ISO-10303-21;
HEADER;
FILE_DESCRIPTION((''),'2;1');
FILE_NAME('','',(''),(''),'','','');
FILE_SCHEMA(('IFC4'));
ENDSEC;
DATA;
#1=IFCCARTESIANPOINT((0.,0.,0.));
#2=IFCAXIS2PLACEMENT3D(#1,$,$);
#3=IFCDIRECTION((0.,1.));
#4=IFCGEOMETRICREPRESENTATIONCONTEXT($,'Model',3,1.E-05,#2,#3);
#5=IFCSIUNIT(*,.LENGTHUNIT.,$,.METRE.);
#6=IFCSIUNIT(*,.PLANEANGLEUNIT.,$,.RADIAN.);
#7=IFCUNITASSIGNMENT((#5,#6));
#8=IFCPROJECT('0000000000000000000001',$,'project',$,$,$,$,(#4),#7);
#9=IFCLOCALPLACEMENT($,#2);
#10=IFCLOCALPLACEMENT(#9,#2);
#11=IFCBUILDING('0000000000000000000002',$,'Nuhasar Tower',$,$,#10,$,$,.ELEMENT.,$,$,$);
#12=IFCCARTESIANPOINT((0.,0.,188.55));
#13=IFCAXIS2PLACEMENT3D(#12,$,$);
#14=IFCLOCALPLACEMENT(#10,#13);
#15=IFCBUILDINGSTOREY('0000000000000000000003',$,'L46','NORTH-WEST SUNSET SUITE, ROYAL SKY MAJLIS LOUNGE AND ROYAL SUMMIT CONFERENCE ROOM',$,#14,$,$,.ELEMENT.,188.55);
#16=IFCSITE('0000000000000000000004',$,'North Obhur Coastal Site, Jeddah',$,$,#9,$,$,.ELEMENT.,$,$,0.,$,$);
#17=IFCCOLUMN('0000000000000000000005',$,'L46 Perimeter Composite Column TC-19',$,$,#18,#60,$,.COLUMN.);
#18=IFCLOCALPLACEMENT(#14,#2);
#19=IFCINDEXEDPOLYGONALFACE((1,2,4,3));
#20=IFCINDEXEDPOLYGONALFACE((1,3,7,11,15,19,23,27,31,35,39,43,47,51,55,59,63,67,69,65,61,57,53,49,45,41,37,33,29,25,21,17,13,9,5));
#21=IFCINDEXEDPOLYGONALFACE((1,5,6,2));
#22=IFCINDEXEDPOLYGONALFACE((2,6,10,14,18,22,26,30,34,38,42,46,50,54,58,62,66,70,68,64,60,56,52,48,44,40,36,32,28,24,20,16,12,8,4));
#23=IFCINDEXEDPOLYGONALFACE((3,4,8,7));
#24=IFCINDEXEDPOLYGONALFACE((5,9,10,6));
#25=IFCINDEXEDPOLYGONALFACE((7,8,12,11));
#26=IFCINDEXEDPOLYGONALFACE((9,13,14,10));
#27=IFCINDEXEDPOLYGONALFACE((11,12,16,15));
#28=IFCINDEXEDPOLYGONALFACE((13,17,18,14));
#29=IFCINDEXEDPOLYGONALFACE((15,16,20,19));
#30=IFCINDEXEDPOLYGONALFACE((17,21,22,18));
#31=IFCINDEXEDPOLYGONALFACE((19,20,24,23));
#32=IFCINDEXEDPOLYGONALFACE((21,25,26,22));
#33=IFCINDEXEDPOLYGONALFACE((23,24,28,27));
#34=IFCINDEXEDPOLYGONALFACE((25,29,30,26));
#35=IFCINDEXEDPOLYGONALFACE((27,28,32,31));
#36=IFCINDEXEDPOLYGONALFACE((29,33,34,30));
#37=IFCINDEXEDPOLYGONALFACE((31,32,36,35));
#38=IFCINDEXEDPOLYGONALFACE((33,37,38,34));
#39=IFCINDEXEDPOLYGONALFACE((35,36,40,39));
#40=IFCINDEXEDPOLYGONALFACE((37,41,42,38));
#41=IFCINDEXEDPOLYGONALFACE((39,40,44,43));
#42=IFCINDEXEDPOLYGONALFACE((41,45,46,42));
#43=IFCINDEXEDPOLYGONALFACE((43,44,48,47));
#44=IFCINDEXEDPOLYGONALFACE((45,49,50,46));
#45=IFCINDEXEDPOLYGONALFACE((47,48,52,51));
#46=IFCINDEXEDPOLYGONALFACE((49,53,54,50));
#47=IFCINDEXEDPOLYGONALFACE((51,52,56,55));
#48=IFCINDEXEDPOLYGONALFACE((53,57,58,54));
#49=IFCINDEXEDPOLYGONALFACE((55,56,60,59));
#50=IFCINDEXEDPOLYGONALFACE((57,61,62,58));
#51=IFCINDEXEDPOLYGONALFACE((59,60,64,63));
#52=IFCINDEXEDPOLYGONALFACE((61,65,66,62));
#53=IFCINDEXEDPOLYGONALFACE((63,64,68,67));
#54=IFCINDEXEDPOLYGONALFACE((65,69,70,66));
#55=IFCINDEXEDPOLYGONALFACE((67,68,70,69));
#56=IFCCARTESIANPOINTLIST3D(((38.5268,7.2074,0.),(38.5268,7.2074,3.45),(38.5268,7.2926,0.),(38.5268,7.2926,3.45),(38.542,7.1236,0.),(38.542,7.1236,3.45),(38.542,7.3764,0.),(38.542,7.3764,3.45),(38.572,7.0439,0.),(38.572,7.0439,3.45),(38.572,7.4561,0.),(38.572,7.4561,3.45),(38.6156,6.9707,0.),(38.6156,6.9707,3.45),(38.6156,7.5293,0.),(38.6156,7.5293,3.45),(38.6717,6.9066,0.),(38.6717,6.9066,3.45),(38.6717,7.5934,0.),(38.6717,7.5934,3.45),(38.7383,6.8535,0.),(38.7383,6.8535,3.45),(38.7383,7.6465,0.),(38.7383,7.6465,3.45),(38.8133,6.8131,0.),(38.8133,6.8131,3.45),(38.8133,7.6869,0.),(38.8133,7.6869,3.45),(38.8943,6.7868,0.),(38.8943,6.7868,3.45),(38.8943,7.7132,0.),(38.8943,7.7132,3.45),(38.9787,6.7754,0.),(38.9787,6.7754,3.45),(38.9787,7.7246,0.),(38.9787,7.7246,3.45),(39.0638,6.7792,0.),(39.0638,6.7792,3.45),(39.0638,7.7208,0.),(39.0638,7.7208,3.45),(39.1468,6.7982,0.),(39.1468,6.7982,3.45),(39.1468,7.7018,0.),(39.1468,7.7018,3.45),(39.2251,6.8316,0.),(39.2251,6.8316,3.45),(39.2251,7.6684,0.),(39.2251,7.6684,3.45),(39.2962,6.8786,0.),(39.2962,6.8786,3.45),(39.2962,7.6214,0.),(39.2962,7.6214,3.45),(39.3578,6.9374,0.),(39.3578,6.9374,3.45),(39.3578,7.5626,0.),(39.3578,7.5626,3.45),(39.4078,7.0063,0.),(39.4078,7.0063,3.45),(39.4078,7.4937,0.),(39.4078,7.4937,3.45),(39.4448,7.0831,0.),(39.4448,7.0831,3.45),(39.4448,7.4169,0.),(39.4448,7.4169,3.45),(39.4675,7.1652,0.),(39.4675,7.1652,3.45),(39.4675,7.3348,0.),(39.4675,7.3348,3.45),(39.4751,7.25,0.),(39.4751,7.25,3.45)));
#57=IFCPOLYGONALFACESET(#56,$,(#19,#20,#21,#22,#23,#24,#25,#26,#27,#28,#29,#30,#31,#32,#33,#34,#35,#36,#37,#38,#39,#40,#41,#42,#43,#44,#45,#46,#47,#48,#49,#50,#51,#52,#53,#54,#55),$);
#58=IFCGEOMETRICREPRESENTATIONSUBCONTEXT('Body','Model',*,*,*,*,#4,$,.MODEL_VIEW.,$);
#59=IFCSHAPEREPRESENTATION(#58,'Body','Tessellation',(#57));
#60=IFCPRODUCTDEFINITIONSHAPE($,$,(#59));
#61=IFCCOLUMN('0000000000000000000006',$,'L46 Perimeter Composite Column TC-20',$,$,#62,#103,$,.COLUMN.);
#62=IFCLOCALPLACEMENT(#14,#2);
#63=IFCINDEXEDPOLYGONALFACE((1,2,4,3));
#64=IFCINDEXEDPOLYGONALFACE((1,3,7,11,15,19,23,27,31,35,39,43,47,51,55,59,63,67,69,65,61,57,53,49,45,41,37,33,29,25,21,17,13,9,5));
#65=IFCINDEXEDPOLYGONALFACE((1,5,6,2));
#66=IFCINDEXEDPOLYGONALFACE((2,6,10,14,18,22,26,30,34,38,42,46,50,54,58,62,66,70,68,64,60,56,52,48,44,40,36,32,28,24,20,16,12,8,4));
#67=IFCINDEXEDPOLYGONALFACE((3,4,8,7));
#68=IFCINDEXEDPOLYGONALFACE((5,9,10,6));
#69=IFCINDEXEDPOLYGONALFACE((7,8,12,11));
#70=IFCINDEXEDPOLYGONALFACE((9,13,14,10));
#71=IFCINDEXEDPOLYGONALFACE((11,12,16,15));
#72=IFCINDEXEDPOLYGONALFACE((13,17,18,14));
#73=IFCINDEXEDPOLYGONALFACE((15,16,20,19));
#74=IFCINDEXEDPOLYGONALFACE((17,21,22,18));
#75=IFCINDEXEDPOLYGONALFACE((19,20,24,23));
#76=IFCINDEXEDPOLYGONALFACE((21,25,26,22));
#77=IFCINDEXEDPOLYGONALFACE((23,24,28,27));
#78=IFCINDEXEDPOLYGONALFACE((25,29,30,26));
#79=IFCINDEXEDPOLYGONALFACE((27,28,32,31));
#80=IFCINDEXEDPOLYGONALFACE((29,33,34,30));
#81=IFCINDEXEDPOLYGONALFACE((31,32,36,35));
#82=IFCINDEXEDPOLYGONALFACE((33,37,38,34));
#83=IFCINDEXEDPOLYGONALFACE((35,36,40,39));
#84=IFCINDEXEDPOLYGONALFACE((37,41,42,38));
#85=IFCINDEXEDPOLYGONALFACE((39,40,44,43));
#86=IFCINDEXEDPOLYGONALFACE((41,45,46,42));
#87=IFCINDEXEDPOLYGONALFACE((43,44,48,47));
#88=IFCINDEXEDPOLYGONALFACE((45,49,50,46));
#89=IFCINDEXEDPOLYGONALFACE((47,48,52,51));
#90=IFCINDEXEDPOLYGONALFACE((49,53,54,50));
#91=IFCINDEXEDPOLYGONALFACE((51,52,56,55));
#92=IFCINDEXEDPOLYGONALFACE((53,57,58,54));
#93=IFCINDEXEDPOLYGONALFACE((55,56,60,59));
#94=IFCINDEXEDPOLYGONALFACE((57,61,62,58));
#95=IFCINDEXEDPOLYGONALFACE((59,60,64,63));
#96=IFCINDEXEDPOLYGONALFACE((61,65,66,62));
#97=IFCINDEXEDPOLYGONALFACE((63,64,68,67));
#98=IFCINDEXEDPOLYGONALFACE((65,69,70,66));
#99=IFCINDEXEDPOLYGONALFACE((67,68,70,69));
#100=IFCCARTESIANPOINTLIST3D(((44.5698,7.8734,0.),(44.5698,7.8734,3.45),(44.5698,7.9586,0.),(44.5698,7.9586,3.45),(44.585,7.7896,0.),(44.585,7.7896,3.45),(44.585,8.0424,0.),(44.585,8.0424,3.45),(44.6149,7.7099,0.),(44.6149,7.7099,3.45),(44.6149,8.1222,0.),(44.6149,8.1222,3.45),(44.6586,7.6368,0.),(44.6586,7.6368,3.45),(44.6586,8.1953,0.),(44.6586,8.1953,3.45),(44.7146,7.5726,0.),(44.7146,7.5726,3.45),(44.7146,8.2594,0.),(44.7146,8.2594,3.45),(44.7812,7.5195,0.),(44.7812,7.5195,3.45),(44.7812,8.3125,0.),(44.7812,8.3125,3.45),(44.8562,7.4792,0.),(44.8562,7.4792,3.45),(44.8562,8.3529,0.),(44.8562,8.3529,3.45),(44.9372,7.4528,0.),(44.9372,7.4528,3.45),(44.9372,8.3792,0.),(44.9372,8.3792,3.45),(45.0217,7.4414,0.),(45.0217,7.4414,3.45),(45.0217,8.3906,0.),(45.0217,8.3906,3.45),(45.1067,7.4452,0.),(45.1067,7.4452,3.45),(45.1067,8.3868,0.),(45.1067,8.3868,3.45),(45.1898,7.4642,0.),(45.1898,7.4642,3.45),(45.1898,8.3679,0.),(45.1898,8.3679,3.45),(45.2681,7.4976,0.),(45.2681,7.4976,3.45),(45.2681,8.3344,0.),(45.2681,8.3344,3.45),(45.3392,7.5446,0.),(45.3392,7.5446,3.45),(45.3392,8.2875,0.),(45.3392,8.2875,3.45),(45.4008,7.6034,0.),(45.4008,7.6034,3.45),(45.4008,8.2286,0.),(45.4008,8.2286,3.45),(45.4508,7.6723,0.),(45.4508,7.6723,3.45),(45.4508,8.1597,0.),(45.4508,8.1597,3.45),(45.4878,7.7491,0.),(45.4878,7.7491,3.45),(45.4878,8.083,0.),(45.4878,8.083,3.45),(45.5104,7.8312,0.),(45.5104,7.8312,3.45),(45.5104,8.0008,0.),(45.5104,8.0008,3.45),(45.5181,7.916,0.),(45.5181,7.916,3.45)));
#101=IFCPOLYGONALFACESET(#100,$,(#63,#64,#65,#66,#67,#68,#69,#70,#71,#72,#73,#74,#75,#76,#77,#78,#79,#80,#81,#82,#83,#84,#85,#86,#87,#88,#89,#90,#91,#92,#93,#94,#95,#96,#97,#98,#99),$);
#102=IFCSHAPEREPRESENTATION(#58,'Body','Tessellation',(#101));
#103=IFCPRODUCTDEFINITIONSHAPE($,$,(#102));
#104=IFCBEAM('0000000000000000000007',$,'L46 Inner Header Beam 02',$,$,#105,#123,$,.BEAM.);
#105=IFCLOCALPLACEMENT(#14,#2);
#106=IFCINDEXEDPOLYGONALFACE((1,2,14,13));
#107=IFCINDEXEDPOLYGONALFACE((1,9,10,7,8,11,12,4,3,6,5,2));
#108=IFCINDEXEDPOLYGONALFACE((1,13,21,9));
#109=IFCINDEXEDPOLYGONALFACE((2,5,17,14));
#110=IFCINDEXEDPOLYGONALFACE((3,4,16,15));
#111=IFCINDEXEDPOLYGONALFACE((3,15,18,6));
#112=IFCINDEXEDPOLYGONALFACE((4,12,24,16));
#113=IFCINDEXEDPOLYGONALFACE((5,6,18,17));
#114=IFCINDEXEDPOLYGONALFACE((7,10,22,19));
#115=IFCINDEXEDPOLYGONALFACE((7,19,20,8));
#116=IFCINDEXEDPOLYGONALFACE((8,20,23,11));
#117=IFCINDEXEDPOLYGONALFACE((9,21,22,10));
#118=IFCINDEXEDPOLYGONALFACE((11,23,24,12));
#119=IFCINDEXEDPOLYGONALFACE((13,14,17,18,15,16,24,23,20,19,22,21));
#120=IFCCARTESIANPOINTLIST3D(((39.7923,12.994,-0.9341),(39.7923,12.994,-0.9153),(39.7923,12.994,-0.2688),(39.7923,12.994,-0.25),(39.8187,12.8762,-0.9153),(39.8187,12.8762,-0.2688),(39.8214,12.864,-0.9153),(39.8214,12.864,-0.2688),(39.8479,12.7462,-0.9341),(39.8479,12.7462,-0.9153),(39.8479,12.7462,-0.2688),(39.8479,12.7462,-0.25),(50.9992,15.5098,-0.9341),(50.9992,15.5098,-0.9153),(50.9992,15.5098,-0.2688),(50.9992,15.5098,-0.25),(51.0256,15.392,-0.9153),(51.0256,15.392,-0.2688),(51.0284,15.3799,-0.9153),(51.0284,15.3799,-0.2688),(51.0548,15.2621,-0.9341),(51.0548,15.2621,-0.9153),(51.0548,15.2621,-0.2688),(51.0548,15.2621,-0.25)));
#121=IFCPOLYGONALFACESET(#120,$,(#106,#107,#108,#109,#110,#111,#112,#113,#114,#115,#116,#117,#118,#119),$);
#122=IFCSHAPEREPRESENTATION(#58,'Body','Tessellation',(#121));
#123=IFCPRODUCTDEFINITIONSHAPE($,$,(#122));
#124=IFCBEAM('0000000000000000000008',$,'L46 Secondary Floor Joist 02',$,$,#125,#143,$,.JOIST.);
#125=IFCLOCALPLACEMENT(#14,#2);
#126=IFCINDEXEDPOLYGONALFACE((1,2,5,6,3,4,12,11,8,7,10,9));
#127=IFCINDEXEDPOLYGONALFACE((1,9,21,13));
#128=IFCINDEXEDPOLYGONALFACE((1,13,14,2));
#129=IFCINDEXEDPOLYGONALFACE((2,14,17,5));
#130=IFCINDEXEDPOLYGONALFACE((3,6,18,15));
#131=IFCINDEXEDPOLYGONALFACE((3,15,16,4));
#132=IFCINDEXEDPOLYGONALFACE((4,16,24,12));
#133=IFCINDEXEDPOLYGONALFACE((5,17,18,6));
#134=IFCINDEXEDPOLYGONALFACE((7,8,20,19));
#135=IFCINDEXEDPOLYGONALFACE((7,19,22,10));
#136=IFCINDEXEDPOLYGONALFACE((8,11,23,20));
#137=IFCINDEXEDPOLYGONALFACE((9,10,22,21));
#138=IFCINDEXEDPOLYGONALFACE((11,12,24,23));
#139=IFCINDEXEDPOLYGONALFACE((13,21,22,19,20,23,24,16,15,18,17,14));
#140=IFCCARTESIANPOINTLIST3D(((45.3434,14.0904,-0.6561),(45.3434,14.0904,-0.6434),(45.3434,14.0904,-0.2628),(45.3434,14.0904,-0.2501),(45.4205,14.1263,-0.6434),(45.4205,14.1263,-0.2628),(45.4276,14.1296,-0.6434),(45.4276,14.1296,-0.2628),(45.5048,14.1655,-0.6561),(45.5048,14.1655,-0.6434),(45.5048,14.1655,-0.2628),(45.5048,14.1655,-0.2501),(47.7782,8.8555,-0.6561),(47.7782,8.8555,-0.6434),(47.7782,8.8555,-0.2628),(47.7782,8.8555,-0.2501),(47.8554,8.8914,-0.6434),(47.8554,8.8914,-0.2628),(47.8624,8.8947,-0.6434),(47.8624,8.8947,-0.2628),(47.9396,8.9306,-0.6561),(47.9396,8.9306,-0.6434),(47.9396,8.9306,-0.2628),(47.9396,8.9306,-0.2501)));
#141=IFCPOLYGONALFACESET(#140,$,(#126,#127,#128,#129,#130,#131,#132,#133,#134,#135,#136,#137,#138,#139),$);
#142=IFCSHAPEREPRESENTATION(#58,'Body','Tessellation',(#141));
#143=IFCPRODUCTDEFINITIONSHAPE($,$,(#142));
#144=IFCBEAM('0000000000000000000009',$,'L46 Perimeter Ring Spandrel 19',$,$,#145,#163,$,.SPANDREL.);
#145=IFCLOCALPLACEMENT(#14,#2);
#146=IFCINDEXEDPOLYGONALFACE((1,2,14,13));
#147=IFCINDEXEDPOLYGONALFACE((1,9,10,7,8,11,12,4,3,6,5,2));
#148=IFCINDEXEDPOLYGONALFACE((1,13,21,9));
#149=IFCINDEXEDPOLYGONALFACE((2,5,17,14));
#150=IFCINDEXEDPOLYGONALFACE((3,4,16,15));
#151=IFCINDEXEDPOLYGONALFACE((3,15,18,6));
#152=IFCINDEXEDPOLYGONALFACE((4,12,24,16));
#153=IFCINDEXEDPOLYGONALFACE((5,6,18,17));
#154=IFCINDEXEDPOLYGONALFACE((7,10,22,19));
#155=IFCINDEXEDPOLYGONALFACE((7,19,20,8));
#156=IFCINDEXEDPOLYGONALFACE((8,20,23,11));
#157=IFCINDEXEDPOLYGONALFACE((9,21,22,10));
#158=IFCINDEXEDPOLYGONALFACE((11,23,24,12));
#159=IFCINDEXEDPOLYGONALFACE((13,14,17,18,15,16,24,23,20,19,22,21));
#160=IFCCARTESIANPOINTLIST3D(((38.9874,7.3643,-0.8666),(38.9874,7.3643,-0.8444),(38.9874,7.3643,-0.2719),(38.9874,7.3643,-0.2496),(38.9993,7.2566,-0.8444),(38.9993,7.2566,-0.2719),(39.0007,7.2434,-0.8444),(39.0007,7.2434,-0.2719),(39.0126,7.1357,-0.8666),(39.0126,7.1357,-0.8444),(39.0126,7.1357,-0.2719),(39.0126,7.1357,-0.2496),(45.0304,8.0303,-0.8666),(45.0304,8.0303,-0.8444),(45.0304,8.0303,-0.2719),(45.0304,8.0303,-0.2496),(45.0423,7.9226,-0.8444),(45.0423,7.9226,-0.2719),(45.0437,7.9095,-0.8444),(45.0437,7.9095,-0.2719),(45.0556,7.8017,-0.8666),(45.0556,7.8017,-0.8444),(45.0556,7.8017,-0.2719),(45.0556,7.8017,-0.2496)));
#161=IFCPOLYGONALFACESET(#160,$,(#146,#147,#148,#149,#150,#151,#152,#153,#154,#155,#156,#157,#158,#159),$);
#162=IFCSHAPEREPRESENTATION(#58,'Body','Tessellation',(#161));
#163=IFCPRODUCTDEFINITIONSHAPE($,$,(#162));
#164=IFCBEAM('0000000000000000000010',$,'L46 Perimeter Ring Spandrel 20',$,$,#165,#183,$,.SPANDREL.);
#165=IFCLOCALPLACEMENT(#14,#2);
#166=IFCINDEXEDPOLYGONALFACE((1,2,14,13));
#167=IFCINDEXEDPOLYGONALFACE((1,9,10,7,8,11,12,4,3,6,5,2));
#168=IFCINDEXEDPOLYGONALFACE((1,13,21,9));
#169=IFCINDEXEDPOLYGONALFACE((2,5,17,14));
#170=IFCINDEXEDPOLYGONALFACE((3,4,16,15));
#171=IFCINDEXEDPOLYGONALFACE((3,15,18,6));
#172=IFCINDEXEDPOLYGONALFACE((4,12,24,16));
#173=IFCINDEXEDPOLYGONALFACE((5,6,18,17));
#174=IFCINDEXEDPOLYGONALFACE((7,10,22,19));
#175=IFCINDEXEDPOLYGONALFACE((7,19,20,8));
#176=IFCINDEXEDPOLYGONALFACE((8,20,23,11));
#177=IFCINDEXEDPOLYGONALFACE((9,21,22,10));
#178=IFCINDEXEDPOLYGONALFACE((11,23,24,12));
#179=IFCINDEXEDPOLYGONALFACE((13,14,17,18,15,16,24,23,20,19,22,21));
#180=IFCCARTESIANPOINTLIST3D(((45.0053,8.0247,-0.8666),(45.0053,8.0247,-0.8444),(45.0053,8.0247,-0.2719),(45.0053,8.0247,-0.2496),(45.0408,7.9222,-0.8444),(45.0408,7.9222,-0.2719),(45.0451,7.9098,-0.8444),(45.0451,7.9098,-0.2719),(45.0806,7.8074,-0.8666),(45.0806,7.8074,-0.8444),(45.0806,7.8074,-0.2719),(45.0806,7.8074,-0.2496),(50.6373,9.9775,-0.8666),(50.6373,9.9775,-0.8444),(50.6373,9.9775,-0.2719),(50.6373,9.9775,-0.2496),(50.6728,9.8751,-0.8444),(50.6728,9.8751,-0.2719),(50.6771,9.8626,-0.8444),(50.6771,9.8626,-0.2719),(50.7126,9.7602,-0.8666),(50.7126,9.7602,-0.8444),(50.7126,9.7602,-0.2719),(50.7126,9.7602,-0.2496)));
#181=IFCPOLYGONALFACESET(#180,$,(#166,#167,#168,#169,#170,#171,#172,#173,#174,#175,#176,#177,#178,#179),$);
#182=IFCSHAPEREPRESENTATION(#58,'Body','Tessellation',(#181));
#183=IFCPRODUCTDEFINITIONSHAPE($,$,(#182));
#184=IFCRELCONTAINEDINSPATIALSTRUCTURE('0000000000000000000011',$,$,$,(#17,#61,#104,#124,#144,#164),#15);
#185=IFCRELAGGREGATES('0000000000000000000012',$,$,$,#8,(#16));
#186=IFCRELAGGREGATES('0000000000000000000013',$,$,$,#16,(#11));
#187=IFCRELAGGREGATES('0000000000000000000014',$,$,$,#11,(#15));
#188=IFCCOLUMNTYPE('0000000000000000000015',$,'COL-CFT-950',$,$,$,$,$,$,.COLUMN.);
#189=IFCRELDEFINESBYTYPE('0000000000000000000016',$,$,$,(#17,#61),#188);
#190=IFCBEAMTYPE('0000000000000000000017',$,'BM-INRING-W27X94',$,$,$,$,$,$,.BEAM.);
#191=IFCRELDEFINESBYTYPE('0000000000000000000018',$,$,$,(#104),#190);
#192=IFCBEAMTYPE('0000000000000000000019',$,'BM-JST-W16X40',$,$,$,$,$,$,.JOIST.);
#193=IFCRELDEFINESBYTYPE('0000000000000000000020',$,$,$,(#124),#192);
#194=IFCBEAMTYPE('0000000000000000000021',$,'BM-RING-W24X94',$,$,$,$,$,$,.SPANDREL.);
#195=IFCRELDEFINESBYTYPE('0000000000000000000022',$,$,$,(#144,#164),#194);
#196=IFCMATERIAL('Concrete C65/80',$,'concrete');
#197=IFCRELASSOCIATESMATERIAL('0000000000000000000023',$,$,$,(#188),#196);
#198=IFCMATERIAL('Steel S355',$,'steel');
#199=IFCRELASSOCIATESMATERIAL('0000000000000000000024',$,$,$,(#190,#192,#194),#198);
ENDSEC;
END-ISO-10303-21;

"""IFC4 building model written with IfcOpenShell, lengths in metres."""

from ifc_helpers import new_model, si_unit, direction, frame, origin, origin_2d, place, context, subcontext, project, spatial, circle, i_section, extrude, material, material_profile, profile_set, type_object, element, save


model = new_model("IFC4")

# Units and contexts
model_context = context("Model", 3, precision=1e-05, world=origin(), true_north=direction((0.0, 1.0)))
body_context = subcontext(model_context, "Body", "Model", "MODEL_VIEW")
ifc_project = project(units=[si_unit("LENGTHUNIT", "METRE"), si_unit("PLANEANGLEUNIT", "RADIAN")], contexts=[model_context])

# Site, building, storey
site_placement = place(None, origin())
site = spatial("IfcSite", under=ifc_project, at=site_placement, Name="North Obhur Coastal Site, Jeddah", CompositionType="ELEMENT", RefElevation=0.0)
building_placement = place(site_placement, origin())
building = spatial("IfcBuilding", under=site, at=building_placement, Name="Nuhasar Tower", CompositionType="ELEMENT")
storey_placement = place(building_placement, frame((0.0, 0.0, 188.55)))
storey = spatial("IfcBuildingStorey", under=building, at=storey_placement, Name="L46", Description="NORTH-WEST SUNSET SUITE, ROYAL SKY MAJLIS LOUNGE AND ROYAL SUMMIT CONFERENCE ROOM", CompositionType="ELEMENT", Elevation=188.55)

# Columns
ifc_material_1 = material(Name="Concrete C65/80", Category="concrete")
ifc_material_profile_1 = material_profile(ifc_material_1, circle(Radius=0.4751, at=origin_2d()), Name="CFT950")
ifc_profile_set_1 = profile_set([ifc_material_profile_1], Name="Concrete C65/80")
column_type = type_object("IfcColumnType", Name="COL-CFT-950", PredefinedType="COLUMN", material=ifc_profile_set_1)
for number, where, z_axis, x_axis, name in (
    (1, (39.0, 7.25, 0.0), (0.0, 0.0, 1.0), (1.0, 0.0, 0.0), "L46 Perimeter Composite Column TC-19"),
    (2, (45.043, 7.916, 0.0), (0.0, 0.0, 1.0), (1.0, 0.0, 0.0), "L46 Perimeter Composite Column TC-20"),
):
    element("IfcColumn", number, at=place(storey_placement, frame(where, z_axis=z_axis, x_axis=x_axis)), inside=storey, type_object=column_type, Name=name, PredefinedType="COLUMN", context=body_context, shape_type="SweptSolid", body=[
        extrude(circle(Radius=0.4751, at=origin_2d()), origin(), (0.0, 0.0, 1.0), 3.45),
    ])

# Beams
ifc_material_2 = material(Name="Steel S355", Category="steel")
ifc_material_profile_2 = material_profile(ifc_material_2, i_section(OverallWidth=0.2539, OverallDepth=0.6841, WebThickness=0.0125, FlangeThickness=0.0188, at=origin_2d()), Name="W27X94")
ifc_profile_set_2 = profile_set([ifc_material_profile_2], Name="Steel S355")
beam_type_1 = type_object("IfcBeamType", Name="BM-INRING-W27X94", PredefinedType="BEAM", material=ifc_profile_set_2)
beam_1_placement = place(storey_placement, frame((39.8201, 12.8701, -0.592), z_axis=(0.975716, 0.219039, 0.0), x_axis=(-0.219039, 0.975716, 0.0)))
element("IfcBeam", 3, at=beam_1_placement, inside=storey, type_object=beam_type_1, Name="L46 Inner Header Beam 02", PredefinedType="BEAM", context=body_context, shape_type="SweptSolid", body=[
    extrude(i_section(OverallWidth=0.2539, OverallDepth=0.6841, WebThickness=0.0125, FlangeThickness=0.0188, at=origin_2d()), origin(), (0.0, 0.0, 1.0), 11.4858),
])
ifc_material_profile_3 = material_profile(ifc_material_2, i_section(OverallWidth=0.178, OverallDepth=0.406, WebThickness=0.0078, FlangeThickness=0.0127, at=origin_2d()), Name="W16X40")
ifc_profile_set_3 = profile_set([ifc_material_profile_3], Name="Steel S355")
beam_type_2 = type_object("IfcBeamType", Name="BM-JST-W16X40", PredefinedType="JOIST", material=ifc_profile_set_3)
beam_2_placement = place(storey_placement, frame((45.4241, 14.1279, -0.4531), z_axis=(0.42173, -0.906721, 0.0), x_axis=(0.906721, 0.42173, 0.0)))
element("IfcBeam", 4, at=beam_2_placement, inside=storey, type_object=beam_type_2, Name="L46 Secondary Floor Joist 02", PredefinedType="JOIST", context=body_context, shape_type="SweptSolid", body=[
    extrude(i_section(OverallWidth=0.178, OverallDepth=0.406, WebThickness=0.0078, FlangeThickness=0.0127, at=origin_2d()), origin(), (0.0, 0.0, 1.0), 5.7734),
])
ifc_material_profile_4 = material_profile(ifc_material_2, i_section(OverallWidth=0.23, OverallDepth=0.6169, WebThickness=0.0132, FlangeThickness=0.0222, at=origin_2d()), Name="W24X94")
ifc_profile_set_4 = profile_set([ifc_material_profile_4], Name="Steel S355")
beam_type_3 = type_object("IfcBeamType", Name="BM-RING-W24X94", PredefinedType="SPANDREL", material=ifc_profile_set_4)
beam_3_placement = place(storey_placement, frame((39.0, 7.25, -0.5581), z_axis=(0.993981, 0.10955, 0.0), x_axis=(-0.10955, 0.993981, 0.0)))
element("IfcBeam", 5, at=beam_3_placement, inside=storey, type_object=beam_type_3, Name="L46 Perimeter Ring Spandrel 19", PredefinedType="SPANDREL", context=body_context, shape_type="SweptSolid", body=[
    extrude(i_section(OverallWidth=0.23, OverallDepth=0.6169, WebThickness=0.0132, FlangeThickness=0.0222, at=origin_2d()), origin(), (0.0, 0.0, 1.0), 6.0796),
])
beam_4_placement = place(storey_placement, frame((45.043, 7.916, -0.5581), z_axis=(0.944814, 0.327607, 0.0), x_axis=(-0.327607, 0.944814, 0.0)))
element("IfcBeam", 6, at=beam_4_placement, inside=storey, type_object=beam_type_3, Name="L46 Perimeter Ring Spandrel 20", PredefinedType="SPANDREL", context=body_context, shape_type="SweptSolid", body=[
    extrude(i_section(OverallWidth=0.23, OverallDepth=0.6169, WebThickness=0.0132, FlangeThickness=0.0222, at=origin_2d()), origin(), (0.0, 0.0, 1.0), 5.9609),
])

save(model, "model.ifc")
